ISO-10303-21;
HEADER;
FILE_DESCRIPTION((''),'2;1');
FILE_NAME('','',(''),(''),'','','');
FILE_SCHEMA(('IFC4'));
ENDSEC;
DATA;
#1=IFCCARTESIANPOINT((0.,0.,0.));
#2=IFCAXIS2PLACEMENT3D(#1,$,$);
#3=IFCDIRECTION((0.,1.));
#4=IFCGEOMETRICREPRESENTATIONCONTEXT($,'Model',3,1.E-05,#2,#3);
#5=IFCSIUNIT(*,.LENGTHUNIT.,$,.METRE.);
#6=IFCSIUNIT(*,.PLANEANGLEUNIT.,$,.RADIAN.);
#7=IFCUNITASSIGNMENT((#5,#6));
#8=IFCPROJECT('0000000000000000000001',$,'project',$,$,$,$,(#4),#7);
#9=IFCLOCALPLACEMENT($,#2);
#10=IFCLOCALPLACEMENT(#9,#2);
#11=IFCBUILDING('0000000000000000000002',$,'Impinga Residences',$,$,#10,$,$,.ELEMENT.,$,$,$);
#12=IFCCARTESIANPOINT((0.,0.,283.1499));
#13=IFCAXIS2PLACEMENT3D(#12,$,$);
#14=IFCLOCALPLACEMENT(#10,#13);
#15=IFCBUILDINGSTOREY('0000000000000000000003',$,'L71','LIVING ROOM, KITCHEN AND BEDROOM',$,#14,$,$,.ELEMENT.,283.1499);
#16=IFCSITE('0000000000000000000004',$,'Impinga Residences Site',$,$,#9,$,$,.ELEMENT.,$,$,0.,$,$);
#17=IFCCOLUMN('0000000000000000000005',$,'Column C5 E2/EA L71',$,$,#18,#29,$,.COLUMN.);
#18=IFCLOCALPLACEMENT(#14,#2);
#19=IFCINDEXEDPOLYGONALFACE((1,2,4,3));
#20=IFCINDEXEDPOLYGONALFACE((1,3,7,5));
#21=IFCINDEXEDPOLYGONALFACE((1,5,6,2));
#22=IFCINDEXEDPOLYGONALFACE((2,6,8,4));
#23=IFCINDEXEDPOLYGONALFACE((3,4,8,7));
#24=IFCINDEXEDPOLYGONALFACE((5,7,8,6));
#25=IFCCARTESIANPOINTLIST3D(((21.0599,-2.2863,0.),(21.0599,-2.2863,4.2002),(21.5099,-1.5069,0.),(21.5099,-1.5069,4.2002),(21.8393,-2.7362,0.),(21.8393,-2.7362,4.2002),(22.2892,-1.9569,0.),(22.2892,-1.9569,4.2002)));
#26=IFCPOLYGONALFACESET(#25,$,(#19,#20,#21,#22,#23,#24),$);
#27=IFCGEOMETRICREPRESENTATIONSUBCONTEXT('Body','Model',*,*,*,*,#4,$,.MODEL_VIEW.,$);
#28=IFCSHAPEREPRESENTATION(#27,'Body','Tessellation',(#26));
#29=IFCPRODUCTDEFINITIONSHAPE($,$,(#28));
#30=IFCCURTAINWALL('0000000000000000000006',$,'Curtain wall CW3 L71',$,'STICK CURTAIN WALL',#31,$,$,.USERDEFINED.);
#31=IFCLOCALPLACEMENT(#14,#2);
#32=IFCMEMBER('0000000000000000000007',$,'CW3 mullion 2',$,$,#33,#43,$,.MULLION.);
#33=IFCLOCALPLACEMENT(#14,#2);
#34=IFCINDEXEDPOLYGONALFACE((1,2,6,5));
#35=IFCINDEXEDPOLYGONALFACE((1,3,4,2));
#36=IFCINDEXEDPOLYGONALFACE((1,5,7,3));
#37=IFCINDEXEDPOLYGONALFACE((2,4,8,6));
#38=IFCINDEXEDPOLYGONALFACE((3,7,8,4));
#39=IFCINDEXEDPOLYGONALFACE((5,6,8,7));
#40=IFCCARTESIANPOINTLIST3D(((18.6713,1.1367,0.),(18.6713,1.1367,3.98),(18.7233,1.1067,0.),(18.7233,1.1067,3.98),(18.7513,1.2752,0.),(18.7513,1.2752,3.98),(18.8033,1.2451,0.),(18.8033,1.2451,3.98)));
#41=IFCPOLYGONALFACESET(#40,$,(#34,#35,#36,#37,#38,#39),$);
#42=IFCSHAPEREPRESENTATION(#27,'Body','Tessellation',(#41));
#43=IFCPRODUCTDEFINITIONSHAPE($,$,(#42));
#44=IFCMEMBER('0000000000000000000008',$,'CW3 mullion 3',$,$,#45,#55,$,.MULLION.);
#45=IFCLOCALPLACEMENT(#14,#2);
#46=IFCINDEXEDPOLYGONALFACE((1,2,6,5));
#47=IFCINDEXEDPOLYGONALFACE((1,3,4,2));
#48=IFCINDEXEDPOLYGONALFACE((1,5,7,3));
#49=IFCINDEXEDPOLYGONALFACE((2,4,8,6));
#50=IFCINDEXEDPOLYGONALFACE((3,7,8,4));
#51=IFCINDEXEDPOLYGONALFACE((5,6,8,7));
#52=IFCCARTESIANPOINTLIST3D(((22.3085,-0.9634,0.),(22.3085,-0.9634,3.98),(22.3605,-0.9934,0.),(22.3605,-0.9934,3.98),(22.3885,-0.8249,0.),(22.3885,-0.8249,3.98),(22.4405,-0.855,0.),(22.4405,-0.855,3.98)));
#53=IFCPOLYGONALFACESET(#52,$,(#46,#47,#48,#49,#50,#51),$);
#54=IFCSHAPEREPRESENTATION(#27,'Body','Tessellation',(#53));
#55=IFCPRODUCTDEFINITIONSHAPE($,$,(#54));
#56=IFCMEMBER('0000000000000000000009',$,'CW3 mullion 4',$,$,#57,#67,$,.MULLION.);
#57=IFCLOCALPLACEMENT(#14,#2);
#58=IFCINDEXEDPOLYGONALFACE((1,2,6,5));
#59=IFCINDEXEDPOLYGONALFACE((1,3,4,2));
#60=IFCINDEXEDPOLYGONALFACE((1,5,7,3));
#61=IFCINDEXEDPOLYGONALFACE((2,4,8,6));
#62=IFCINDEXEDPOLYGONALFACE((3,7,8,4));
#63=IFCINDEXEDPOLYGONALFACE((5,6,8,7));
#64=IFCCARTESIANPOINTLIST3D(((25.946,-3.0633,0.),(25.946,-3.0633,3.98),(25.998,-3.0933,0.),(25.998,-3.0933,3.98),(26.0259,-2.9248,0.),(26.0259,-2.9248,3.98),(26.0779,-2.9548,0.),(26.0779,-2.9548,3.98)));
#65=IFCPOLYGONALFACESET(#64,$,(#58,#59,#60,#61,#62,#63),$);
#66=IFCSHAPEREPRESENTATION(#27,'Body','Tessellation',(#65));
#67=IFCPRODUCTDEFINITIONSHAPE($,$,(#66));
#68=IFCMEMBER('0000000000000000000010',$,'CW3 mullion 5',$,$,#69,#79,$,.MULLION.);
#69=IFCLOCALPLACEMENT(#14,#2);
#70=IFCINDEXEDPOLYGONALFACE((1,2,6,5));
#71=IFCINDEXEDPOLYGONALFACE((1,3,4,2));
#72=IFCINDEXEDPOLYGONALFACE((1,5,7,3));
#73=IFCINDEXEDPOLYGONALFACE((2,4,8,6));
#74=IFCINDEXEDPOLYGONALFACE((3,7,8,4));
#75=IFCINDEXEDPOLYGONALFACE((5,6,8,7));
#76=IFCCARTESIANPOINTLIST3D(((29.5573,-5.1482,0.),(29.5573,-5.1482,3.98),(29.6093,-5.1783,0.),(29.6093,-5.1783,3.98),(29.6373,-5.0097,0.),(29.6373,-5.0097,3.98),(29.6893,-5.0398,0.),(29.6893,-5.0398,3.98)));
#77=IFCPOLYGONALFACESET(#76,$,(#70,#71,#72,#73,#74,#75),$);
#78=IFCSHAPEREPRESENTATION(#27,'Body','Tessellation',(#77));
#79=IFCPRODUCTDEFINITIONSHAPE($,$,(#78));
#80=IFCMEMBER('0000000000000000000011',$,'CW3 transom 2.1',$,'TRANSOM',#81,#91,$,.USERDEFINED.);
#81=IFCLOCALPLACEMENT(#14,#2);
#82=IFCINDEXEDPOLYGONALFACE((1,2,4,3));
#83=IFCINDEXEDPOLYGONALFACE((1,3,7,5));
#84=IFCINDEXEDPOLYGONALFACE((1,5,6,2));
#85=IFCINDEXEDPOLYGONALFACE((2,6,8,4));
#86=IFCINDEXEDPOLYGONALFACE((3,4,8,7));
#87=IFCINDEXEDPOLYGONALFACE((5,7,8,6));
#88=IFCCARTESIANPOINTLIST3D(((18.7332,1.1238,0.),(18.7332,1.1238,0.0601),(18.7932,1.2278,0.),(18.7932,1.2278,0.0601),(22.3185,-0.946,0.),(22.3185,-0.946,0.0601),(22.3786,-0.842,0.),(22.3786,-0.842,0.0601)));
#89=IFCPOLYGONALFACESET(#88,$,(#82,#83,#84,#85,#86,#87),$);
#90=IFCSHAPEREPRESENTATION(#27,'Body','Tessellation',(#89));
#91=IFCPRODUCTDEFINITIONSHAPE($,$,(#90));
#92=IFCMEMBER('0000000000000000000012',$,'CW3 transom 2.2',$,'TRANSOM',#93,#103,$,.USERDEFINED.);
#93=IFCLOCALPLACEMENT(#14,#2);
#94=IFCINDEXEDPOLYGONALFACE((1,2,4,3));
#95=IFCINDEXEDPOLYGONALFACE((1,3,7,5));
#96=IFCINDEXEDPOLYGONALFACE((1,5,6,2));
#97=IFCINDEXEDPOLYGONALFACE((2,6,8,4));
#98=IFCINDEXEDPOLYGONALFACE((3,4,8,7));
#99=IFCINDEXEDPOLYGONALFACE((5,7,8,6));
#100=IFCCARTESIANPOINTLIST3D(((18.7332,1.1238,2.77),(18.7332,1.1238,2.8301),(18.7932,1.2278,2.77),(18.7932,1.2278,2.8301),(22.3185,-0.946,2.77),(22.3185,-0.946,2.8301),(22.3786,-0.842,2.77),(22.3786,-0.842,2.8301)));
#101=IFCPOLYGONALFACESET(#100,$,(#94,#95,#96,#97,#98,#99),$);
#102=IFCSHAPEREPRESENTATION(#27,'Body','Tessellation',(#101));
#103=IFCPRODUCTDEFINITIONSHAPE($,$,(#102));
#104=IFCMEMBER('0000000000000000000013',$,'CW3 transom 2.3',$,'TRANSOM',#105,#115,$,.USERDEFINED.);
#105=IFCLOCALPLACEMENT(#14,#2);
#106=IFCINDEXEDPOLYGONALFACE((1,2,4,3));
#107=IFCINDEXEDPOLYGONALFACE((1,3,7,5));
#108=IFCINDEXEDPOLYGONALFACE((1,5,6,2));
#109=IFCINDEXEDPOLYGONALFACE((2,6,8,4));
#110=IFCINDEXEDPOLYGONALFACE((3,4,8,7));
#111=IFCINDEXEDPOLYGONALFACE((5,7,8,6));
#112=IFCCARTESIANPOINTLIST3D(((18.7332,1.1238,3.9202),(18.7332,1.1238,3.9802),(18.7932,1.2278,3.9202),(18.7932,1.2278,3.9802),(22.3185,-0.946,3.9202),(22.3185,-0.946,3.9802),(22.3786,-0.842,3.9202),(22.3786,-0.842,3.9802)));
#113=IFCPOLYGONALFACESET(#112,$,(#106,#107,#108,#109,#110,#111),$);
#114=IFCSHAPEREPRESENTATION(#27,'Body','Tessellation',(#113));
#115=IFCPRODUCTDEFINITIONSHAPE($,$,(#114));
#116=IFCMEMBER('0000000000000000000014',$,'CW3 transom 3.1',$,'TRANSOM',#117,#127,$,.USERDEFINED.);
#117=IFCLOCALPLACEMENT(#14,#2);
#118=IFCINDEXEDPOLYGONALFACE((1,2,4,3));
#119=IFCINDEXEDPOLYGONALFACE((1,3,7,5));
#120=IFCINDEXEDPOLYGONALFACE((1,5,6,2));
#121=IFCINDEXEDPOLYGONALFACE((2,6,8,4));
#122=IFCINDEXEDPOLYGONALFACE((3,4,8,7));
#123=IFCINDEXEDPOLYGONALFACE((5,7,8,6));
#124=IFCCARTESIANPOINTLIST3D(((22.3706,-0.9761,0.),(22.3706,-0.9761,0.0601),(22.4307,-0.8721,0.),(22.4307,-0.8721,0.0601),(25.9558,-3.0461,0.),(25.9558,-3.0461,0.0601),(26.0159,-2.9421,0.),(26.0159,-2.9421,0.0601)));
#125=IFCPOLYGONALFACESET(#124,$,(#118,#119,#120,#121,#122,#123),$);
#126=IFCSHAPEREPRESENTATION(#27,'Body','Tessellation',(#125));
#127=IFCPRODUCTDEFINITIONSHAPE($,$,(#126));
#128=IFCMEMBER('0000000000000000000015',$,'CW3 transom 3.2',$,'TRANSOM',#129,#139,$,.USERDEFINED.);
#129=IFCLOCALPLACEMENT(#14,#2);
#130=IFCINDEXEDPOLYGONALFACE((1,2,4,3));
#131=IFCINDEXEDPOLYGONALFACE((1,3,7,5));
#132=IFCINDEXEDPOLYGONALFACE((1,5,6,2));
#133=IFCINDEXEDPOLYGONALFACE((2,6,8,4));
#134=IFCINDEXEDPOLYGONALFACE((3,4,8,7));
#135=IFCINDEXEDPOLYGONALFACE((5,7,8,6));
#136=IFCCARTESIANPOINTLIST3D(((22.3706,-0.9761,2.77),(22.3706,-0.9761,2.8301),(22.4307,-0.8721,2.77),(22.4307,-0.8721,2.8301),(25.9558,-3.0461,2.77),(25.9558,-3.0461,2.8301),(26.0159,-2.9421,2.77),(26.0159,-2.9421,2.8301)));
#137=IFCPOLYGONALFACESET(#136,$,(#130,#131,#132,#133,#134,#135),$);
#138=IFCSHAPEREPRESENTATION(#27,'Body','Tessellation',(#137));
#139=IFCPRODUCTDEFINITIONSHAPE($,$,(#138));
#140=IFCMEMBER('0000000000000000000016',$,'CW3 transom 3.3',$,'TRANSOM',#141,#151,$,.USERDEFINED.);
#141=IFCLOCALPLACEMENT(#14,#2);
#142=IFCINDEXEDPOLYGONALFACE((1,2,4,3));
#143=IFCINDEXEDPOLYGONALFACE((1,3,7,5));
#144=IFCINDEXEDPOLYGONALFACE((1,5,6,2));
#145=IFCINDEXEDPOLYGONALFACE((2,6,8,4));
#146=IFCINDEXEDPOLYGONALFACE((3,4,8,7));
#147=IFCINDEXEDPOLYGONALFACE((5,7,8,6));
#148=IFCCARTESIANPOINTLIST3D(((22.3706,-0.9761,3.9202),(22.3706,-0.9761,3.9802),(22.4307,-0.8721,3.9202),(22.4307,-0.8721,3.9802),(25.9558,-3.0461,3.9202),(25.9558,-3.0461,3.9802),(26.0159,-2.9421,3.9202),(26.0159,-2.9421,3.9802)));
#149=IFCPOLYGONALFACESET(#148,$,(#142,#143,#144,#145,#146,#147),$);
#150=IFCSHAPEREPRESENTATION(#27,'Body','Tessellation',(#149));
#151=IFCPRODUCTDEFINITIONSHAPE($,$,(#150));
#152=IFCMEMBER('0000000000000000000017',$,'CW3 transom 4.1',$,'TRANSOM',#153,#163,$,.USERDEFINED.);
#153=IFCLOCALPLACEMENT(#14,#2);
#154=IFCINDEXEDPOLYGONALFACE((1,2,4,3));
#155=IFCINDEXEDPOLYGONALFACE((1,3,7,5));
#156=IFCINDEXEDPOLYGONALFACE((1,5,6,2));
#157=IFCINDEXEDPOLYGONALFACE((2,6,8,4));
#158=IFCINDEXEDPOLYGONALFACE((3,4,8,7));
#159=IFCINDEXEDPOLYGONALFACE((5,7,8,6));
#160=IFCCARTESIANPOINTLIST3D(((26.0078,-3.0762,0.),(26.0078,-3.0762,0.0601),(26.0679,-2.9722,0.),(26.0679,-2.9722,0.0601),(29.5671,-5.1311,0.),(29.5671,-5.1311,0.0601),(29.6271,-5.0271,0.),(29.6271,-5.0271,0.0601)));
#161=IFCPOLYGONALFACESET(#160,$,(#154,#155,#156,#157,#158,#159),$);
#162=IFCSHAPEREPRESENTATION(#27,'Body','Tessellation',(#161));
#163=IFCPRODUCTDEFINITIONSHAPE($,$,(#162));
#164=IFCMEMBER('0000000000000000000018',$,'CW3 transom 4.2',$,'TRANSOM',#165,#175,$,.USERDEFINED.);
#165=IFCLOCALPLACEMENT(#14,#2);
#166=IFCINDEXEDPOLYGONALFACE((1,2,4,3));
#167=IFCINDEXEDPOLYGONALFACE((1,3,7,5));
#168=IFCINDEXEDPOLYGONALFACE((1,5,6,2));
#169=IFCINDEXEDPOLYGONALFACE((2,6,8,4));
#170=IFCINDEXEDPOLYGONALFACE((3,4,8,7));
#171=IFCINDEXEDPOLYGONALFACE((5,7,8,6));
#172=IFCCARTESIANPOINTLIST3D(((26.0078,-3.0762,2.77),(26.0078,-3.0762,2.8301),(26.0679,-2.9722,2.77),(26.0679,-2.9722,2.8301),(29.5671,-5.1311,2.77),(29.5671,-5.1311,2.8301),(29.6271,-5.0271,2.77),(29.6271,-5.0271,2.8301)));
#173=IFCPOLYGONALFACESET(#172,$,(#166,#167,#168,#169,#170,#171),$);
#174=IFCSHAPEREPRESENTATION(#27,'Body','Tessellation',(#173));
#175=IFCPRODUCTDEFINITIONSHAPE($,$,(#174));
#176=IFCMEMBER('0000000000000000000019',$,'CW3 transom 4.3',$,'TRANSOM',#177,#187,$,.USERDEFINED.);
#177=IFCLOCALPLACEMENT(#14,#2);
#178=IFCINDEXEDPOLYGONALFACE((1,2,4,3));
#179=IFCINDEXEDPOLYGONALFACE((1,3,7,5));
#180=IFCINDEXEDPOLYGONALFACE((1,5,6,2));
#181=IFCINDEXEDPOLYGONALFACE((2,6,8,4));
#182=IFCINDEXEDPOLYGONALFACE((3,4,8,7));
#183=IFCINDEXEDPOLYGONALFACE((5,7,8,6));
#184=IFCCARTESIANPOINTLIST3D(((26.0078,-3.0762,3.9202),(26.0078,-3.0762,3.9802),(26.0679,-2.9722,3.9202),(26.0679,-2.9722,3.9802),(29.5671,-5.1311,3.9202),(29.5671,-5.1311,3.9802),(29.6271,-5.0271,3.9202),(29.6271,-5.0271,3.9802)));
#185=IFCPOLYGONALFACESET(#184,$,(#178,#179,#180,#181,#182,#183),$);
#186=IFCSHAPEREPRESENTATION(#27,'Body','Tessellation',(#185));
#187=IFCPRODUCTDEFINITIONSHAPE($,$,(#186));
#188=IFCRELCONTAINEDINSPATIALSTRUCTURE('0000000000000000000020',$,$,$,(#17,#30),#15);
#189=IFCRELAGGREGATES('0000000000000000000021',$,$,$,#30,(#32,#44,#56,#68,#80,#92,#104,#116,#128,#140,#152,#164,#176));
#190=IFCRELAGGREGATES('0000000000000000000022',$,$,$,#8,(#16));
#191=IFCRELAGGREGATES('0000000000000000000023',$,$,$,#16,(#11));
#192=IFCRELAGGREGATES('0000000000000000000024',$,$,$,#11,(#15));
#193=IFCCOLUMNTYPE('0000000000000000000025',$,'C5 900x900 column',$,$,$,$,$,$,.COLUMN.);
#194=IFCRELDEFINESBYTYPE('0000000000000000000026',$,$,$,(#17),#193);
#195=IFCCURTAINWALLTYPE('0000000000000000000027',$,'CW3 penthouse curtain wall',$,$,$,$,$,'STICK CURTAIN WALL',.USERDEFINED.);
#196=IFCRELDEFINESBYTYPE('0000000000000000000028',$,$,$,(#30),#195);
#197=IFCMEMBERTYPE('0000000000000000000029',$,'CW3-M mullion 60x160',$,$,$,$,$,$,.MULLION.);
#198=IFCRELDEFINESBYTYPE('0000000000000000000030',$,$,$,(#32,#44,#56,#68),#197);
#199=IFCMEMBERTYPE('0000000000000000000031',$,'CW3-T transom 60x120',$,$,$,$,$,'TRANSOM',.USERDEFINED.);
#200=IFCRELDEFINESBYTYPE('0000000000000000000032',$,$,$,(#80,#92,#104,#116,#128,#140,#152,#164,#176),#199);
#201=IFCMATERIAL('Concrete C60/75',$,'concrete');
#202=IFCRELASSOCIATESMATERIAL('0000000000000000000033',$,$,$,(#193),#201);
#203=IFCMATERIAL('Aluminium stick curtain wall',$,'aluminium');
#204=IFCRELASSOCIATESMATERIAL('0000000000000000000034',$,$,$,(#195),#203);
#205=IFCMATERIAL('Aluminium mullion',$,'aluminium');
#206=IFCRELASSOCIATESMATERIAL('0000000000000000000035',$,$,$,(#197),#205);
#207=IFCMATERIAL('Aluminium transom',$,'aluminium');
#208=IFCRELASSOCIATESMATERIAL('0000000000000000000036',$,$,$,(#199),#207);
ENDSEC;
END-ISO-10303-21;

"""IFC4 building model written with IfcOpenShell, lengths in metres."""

from ifc_helpers import new_model, si_unit, direction, frame, origin, origin_2d, place, context, subcontext, project, spatial, rectangle, extrude, material, material_profile, profile_set, type_object, element, aggregate, save


model = new_model("IFC4")

# Units and contexts
model_context = context("Model", 3, precision=1e-05, world=origin(), true_north=direction((0.0, 1.0)))
body_context = subcontext(model_context, "Body", "Model", "MODEL_VIEW")
ifc_project = project(units=[si_unit("LENGTHUNIT", "METRE"), si_unit("PLANEANGLEUNIT", "RADIAN")], contexts=[model_context])

# Site, building, storey
site_placement = place(None, origin())
site = spatial("IfcSite", under=ifc_project, at=site_placement, Name="Impinga Residences Site", CompositionType="ELEMENT", RefElevation=0.0)
building_placement = place(site_placement, origin())
building = spatial("IfcBuilding", under=site, at=building_placement, Name="Impinga Residences", CompositionType="ELEMENT")
storey_placement = place(building_placement, frame((0.0, 0.0, 283.1499)))
storey = spatial("IfcBuildingStorey", under=building, at=storey_placement, Name="L71", Description="LIVING ROOM, KITCHEN AND BEDROOM", CompositionType="ELEMENT", Elevation=283.1499)

# Column
ifc_material_1 = material(Name="Concrete C60/75", Category="concrete")
ifc_material_profile_1 = material_profile(ifc_material_1, rectangle(XDim=0.8999, YDim=0.8999, at=origin_2d()), Name="RC 900x900")
ifc_profile_set_1 = profile_set([ifc_material_profile_1], Name="Concrete C60/75")
column_type = type_object("IfcColumnType", Name="C5 900x900 column", PredefinedType="COLUMN", material=ifc_profile_set_1)
column_placement = place(storey_placement, frame((21.6746, -2.1216, 0.0), z_axis=(0.0, 0.0, 1.0), x_axis=(-0.5, -0.866025, 0.0)))
element("IfcColumn", 1, at=column_placement, inside=storey, type_object=column_type, Name="Column C5 E2/EA L71", PredefinedType="COLUMN", context=body_context, shape_type="SweptSolid", body=[
    extrude(rectangle(XDim=0.8999, YDim=0.8999, at=origin_2d()), origin(), (0.0, 0.0, 1.0), 4.2002),
])

# Curtain wall, members
ifc_material_2 = material(Name="Aluminium stick curtain wall", Category="aluminium")
curtain_wall_type = type_object("IfcCurtainWallType", Name="CW3 penthouse curtain wall", ElementType="STICK CURTAIN WALL", PredefinedType="USERDEFINED", material=ifc_material_2)
curtain_wall_placement = place(storey_placement, origin())
curtain_wall = element("IfcCurtainWall", 2, at=curtain_wall_placement, inside=storey, type_object=curtain_wall_type, Name="Curtain wall CW3 L71", ObjectType="STICK CURTAIN WALL", PredefinedType="USERDEFINED")
ifc_material_3 = material(Name="Aluminium mullion", Category="aluminium")
ifc_material_profile_2 = material_profile(ifc_material_3, rectangle(XDim=0.0601, YDim=0.1599, at=origin_2d()), Name="60x160 mullion")
ifc_profile_set_2 = profile_set([ifc_material_profile_2], Name="Aluminium mullion")
member_type_1 = type_object("IfcMemberType", Name="CW3-M mullion 60x160", PredefinedType="MULLION", material=ifc_profile_set_2)
member_1_placement = place(storey_placement, frame((18.7373, 1.1909, 0.0), z_axis=(0.0, 0.0, 1.0), x_axis=(0.866025, -0.5, 0.0)))
member_1 = element("IfcMember", 3, at=member_1_placement, type_object=member_type_1, Name="CW3 mullion 2", PredefinedType="MULLION", context=body_context, shape_type="SweptSolid", body=[
    extrude(rectangle(XDim=0.0601, YDim=0.1599, at=origin_2d()), origin(), (0.0, 0.0, 1.0), 3.98),
])
member_2_placement = place(storey_placement, frame((22.3745, -0.9092, 0.0), z_axis=(0.0, 0.0, 1.0), x_axis=(0.866025, -0.5, 0.0)))
member_2 = element("IfcMember", 4, at=member_2_placement, type_object=member_type_1, Name="CW3 mullion 3", PredefinedType="MULLION", context=body_context, shape_type="SweptSolid", body=[
    extrude(rectangle(XDim=0.0601, YDim=0.1599, at=origin_2d()), origin(), (0.0, 0.0, 1.0), 3.98),
])
member_3_placement = place(storey_placement, frame((26.012, -3.009, 0.0), z_axis=(0.0, 0.0, 1.0), x_axis=(0.866025, -0.5, 0.0)))
member_3 = element("IfcMember", 5, at=member_3_placement, type_object=member_type_1, Name="CW3 mullion 4", PredefinedType="MULLION", context=body_context, shape_type="SweptSolid", body=[
    extrude(rectangle(XDim=0.0601, YDim=0.1599, at=origin_2d()), origin(), (0.0, 0.0, 1.0), 3.98),
])
member_4_placement = place(storey_placement, frame((29.6233, -5.094, 0.0), z_axis=(0.0, 0.0, 1.0), x_axis=(0.866025, -0.5, 0.0)))
member_4 = element("IfcMember", 6, at=member_4_placement, type_object=member_type_1, Name="CW3 mullion 5", PredefinedType="MULLION", context=body_context, shape_type="SweptSolid", body=[
    extrude(rectangle(XDim=0.0601, YDim=0.1599, at=origin_2d()), origin(), (0.0, 0.0, 1.0), 3.98),
])
ifc_material_4 = material(Name="Aluminium transom", Category="aluminium")
ifc_material_profile_3 = material_profile(ifc_material_4, rectangle(XDim=0.0601, YDim=0.1201, at=origin_2d()), Name="60x120 transom")
ifc_profile_set_3 = profile_set([ifc_material_profile_3], Name="Aluminium transom")
member_type_2 = type_object("IfcMemberType", Name="CW3-T transom 60x120", ElementType="TRANSOM", PredefinedType="USERDEFINED", material=ifc_profile_set_3)
member_5_placement = place(storey_placement, frame((18.7632, 1.1758, 0.03), z_axis=(0.86605, -0.499957, 0.0), x_axis=(0.0, 0.0, 1.0)))
member_5 = element("IfcMember", 7, at=member_5_placement, type_object=member_type_2, Name="CW3 transom 2.1", ObjectType="TRANSOM", PredefinedType="USERDEFINED", context=body_context, shape_type="SweptSolid", body=[
    extrude(rectangle(XDim=0.0601, YDim=0.1201, at=origin_2d()), origin(), (0.0, 0.0, 1.0), 4.1399),
])
member_6_placement = place(storey_placement, frame((18.7632, 1.1758, 2.8), z_axis=(0.86605, -0.499957, 0.0), x_axis=(0.0, 0.0, 1.0)))
member_6 = element("IfcMember", 8, at=member_6_placement, type_object=member_type_2, Name="CW3 transom 2.2", ObjectType="TRANSOM", PredefinedType="USERDEFINED", context=body_context, shape_type="SweptSolid", body=[
    extrude(rectangle(XDim=0.0601, YDim=0.1201, at=origin_2d()), origin(), (0.0, 0.0, 1.0), 4.1399),
])
member_7_placement = place(storey_placement, frame((18.7632, 1.1758, 3.9502), z_axis=(0.86605, -0.499957, 0.0), x_axis=(0.0, 0.0, 1.0)))
member_7 = element("IfcMember", 9, at=member_7_placement, type_object=member_type_2, Name="CW3 transom 2.3", ObjectType="TRANSOM", PredefinedType="USERDEFINED", context=body_context, shape_type="SweptSolid", body=[
    extrude(rectangle(XDim=0.0601, YDim=0.1201, at=origin_2d()), origin(), (0.0, 0.0, 1.0), 4.1399),
])
member_8_placement = place(storey_placement, frame((22.4006, -0.9241, 0.03), z_axis=(0.86601, -0.500027, 0.0), x_axis=(0.0, 0.0, 1.0)))
member_8 = element("IfcMember", 10, at=member_8_placement, type_object=member_type_2, Name="CW3 transom 3.1", ObjectType="TRANSOM", PredefinedType="USERDEFINED", context=body_context, shape_type="SweptSolid", body=[
    extrude(rectangle(XDim=0.0601, YDim=0.1201, at=origin_2d()), origin(), (0.0, 0.0, 1.0), 4.1399),
])
member_9_placement = place(storey_placement, frame((22.4006, -0.9241, 2.8), z_axis=(0.86601, -0.500027, 0.0), x_axis=(0.0, 0.0, 1.0)))
member_9 = element("IfcMember", 11, at=member_9_placement, type_object=member_type_2, Name="CW3 transom 3.2", ObjectType="TRANSOM", PredefinedType="USERDEFINED", context=body_context, shape_type="SweptSolid", body=[
    extrude(rectangle(XDim=0.0601, YDim=0.1201, at=origin_2d()), origin(), (0.0, 0.0, 1.0), 4.1399),
])
member_10_placement = place(storey_placement, frame((22.4006, -0.9241, 3.9502), z_axis=(0.86601, -0.500027, 0.0), x_axis=(0.0, 0.0, 1.0)))
member_10 = element("IfcMember", 12, at=member_10_placement, type_object=member_type_2, Name="CW3 transom 3.3", ObjectType="TRANSOM", PredefinedType="USERDEFINED", context=body_context, shape_type="SweptSolid", body=[
    extrude(rectangle(XDim=0.0601, YDim=0.1201, at=origin_2d()), origin(), (0.0, 0.0, 1.0), 4.1399),
])
member_11_placement = place(storey_placement, frame((26.0378, -3.0242, 0.03), z_axis=(0.86603, -0.499992, 0.0), x_axis=(0.0, 0.0, 1.0)))
member_11 = element("IfcMember", 13, at=member_11_placement, type_object=member_type_2, Name="CW3 transom 4.1", ObjectType="TRANSOM", PredefinedType="USERDEFINED", context=body_context, shape_type="SweptSolid", body=[
    extrude(rectangle(XDim=0.0601, YDim=0.1201, at=origin_2d()), origin(), (0.0, 0.0, 1.0), 4.1099),
])
member_12_placement = place(storey_placement, frame((26.0378, -3.0242, 2.8), z_axis=(0.86603, -0.499992, 0.0), x_axis=(0.0, 0.0, 1.0)))
member_12 = element("IfcMember", 14, at=member_12_placement, type_object=member_type_2, Name="CW3 transom 4.2", ObjectType="TRANSOM", PredefinedType="USERDEFINED", context=body_context, shape_type="SweptSolid", body=[
    extrude(rectangle(XDim=0.0601, YDim=0.1201, at=origin_2d()), origin(), (0.0, 0.0, 1.0), 4.1099),
])
member_13_placement = place(storey_placement, frame((26.0378, -3.0242, 3.9502), z_axis=(0.86603, -0.499992, 0.0), x_axis=(0.0, 0.0, 1.0)))
member_13 = element("IfcMember", 15, at=member_13_placement, type_object=member_type_2, Name="CW3 transom 4.3", ObjectType="TRANSOM", PredefinedType="USERDEFINED", context=body_context, shape_type="SweptSolid", body=[
    extrude(rectangle(XDim=0.0601, YDim=0.1201, at=origin_2d()), origin(), (0.0, 0.0, 1.0), 4.1099),
])

aggregate(curtain_wall, [member_1, member_2, member_3, member_4, member_5, member_6, member_7, member_8, member_9, member_10, member_11, member_12, member_13])

save(model, "model.ifc")
